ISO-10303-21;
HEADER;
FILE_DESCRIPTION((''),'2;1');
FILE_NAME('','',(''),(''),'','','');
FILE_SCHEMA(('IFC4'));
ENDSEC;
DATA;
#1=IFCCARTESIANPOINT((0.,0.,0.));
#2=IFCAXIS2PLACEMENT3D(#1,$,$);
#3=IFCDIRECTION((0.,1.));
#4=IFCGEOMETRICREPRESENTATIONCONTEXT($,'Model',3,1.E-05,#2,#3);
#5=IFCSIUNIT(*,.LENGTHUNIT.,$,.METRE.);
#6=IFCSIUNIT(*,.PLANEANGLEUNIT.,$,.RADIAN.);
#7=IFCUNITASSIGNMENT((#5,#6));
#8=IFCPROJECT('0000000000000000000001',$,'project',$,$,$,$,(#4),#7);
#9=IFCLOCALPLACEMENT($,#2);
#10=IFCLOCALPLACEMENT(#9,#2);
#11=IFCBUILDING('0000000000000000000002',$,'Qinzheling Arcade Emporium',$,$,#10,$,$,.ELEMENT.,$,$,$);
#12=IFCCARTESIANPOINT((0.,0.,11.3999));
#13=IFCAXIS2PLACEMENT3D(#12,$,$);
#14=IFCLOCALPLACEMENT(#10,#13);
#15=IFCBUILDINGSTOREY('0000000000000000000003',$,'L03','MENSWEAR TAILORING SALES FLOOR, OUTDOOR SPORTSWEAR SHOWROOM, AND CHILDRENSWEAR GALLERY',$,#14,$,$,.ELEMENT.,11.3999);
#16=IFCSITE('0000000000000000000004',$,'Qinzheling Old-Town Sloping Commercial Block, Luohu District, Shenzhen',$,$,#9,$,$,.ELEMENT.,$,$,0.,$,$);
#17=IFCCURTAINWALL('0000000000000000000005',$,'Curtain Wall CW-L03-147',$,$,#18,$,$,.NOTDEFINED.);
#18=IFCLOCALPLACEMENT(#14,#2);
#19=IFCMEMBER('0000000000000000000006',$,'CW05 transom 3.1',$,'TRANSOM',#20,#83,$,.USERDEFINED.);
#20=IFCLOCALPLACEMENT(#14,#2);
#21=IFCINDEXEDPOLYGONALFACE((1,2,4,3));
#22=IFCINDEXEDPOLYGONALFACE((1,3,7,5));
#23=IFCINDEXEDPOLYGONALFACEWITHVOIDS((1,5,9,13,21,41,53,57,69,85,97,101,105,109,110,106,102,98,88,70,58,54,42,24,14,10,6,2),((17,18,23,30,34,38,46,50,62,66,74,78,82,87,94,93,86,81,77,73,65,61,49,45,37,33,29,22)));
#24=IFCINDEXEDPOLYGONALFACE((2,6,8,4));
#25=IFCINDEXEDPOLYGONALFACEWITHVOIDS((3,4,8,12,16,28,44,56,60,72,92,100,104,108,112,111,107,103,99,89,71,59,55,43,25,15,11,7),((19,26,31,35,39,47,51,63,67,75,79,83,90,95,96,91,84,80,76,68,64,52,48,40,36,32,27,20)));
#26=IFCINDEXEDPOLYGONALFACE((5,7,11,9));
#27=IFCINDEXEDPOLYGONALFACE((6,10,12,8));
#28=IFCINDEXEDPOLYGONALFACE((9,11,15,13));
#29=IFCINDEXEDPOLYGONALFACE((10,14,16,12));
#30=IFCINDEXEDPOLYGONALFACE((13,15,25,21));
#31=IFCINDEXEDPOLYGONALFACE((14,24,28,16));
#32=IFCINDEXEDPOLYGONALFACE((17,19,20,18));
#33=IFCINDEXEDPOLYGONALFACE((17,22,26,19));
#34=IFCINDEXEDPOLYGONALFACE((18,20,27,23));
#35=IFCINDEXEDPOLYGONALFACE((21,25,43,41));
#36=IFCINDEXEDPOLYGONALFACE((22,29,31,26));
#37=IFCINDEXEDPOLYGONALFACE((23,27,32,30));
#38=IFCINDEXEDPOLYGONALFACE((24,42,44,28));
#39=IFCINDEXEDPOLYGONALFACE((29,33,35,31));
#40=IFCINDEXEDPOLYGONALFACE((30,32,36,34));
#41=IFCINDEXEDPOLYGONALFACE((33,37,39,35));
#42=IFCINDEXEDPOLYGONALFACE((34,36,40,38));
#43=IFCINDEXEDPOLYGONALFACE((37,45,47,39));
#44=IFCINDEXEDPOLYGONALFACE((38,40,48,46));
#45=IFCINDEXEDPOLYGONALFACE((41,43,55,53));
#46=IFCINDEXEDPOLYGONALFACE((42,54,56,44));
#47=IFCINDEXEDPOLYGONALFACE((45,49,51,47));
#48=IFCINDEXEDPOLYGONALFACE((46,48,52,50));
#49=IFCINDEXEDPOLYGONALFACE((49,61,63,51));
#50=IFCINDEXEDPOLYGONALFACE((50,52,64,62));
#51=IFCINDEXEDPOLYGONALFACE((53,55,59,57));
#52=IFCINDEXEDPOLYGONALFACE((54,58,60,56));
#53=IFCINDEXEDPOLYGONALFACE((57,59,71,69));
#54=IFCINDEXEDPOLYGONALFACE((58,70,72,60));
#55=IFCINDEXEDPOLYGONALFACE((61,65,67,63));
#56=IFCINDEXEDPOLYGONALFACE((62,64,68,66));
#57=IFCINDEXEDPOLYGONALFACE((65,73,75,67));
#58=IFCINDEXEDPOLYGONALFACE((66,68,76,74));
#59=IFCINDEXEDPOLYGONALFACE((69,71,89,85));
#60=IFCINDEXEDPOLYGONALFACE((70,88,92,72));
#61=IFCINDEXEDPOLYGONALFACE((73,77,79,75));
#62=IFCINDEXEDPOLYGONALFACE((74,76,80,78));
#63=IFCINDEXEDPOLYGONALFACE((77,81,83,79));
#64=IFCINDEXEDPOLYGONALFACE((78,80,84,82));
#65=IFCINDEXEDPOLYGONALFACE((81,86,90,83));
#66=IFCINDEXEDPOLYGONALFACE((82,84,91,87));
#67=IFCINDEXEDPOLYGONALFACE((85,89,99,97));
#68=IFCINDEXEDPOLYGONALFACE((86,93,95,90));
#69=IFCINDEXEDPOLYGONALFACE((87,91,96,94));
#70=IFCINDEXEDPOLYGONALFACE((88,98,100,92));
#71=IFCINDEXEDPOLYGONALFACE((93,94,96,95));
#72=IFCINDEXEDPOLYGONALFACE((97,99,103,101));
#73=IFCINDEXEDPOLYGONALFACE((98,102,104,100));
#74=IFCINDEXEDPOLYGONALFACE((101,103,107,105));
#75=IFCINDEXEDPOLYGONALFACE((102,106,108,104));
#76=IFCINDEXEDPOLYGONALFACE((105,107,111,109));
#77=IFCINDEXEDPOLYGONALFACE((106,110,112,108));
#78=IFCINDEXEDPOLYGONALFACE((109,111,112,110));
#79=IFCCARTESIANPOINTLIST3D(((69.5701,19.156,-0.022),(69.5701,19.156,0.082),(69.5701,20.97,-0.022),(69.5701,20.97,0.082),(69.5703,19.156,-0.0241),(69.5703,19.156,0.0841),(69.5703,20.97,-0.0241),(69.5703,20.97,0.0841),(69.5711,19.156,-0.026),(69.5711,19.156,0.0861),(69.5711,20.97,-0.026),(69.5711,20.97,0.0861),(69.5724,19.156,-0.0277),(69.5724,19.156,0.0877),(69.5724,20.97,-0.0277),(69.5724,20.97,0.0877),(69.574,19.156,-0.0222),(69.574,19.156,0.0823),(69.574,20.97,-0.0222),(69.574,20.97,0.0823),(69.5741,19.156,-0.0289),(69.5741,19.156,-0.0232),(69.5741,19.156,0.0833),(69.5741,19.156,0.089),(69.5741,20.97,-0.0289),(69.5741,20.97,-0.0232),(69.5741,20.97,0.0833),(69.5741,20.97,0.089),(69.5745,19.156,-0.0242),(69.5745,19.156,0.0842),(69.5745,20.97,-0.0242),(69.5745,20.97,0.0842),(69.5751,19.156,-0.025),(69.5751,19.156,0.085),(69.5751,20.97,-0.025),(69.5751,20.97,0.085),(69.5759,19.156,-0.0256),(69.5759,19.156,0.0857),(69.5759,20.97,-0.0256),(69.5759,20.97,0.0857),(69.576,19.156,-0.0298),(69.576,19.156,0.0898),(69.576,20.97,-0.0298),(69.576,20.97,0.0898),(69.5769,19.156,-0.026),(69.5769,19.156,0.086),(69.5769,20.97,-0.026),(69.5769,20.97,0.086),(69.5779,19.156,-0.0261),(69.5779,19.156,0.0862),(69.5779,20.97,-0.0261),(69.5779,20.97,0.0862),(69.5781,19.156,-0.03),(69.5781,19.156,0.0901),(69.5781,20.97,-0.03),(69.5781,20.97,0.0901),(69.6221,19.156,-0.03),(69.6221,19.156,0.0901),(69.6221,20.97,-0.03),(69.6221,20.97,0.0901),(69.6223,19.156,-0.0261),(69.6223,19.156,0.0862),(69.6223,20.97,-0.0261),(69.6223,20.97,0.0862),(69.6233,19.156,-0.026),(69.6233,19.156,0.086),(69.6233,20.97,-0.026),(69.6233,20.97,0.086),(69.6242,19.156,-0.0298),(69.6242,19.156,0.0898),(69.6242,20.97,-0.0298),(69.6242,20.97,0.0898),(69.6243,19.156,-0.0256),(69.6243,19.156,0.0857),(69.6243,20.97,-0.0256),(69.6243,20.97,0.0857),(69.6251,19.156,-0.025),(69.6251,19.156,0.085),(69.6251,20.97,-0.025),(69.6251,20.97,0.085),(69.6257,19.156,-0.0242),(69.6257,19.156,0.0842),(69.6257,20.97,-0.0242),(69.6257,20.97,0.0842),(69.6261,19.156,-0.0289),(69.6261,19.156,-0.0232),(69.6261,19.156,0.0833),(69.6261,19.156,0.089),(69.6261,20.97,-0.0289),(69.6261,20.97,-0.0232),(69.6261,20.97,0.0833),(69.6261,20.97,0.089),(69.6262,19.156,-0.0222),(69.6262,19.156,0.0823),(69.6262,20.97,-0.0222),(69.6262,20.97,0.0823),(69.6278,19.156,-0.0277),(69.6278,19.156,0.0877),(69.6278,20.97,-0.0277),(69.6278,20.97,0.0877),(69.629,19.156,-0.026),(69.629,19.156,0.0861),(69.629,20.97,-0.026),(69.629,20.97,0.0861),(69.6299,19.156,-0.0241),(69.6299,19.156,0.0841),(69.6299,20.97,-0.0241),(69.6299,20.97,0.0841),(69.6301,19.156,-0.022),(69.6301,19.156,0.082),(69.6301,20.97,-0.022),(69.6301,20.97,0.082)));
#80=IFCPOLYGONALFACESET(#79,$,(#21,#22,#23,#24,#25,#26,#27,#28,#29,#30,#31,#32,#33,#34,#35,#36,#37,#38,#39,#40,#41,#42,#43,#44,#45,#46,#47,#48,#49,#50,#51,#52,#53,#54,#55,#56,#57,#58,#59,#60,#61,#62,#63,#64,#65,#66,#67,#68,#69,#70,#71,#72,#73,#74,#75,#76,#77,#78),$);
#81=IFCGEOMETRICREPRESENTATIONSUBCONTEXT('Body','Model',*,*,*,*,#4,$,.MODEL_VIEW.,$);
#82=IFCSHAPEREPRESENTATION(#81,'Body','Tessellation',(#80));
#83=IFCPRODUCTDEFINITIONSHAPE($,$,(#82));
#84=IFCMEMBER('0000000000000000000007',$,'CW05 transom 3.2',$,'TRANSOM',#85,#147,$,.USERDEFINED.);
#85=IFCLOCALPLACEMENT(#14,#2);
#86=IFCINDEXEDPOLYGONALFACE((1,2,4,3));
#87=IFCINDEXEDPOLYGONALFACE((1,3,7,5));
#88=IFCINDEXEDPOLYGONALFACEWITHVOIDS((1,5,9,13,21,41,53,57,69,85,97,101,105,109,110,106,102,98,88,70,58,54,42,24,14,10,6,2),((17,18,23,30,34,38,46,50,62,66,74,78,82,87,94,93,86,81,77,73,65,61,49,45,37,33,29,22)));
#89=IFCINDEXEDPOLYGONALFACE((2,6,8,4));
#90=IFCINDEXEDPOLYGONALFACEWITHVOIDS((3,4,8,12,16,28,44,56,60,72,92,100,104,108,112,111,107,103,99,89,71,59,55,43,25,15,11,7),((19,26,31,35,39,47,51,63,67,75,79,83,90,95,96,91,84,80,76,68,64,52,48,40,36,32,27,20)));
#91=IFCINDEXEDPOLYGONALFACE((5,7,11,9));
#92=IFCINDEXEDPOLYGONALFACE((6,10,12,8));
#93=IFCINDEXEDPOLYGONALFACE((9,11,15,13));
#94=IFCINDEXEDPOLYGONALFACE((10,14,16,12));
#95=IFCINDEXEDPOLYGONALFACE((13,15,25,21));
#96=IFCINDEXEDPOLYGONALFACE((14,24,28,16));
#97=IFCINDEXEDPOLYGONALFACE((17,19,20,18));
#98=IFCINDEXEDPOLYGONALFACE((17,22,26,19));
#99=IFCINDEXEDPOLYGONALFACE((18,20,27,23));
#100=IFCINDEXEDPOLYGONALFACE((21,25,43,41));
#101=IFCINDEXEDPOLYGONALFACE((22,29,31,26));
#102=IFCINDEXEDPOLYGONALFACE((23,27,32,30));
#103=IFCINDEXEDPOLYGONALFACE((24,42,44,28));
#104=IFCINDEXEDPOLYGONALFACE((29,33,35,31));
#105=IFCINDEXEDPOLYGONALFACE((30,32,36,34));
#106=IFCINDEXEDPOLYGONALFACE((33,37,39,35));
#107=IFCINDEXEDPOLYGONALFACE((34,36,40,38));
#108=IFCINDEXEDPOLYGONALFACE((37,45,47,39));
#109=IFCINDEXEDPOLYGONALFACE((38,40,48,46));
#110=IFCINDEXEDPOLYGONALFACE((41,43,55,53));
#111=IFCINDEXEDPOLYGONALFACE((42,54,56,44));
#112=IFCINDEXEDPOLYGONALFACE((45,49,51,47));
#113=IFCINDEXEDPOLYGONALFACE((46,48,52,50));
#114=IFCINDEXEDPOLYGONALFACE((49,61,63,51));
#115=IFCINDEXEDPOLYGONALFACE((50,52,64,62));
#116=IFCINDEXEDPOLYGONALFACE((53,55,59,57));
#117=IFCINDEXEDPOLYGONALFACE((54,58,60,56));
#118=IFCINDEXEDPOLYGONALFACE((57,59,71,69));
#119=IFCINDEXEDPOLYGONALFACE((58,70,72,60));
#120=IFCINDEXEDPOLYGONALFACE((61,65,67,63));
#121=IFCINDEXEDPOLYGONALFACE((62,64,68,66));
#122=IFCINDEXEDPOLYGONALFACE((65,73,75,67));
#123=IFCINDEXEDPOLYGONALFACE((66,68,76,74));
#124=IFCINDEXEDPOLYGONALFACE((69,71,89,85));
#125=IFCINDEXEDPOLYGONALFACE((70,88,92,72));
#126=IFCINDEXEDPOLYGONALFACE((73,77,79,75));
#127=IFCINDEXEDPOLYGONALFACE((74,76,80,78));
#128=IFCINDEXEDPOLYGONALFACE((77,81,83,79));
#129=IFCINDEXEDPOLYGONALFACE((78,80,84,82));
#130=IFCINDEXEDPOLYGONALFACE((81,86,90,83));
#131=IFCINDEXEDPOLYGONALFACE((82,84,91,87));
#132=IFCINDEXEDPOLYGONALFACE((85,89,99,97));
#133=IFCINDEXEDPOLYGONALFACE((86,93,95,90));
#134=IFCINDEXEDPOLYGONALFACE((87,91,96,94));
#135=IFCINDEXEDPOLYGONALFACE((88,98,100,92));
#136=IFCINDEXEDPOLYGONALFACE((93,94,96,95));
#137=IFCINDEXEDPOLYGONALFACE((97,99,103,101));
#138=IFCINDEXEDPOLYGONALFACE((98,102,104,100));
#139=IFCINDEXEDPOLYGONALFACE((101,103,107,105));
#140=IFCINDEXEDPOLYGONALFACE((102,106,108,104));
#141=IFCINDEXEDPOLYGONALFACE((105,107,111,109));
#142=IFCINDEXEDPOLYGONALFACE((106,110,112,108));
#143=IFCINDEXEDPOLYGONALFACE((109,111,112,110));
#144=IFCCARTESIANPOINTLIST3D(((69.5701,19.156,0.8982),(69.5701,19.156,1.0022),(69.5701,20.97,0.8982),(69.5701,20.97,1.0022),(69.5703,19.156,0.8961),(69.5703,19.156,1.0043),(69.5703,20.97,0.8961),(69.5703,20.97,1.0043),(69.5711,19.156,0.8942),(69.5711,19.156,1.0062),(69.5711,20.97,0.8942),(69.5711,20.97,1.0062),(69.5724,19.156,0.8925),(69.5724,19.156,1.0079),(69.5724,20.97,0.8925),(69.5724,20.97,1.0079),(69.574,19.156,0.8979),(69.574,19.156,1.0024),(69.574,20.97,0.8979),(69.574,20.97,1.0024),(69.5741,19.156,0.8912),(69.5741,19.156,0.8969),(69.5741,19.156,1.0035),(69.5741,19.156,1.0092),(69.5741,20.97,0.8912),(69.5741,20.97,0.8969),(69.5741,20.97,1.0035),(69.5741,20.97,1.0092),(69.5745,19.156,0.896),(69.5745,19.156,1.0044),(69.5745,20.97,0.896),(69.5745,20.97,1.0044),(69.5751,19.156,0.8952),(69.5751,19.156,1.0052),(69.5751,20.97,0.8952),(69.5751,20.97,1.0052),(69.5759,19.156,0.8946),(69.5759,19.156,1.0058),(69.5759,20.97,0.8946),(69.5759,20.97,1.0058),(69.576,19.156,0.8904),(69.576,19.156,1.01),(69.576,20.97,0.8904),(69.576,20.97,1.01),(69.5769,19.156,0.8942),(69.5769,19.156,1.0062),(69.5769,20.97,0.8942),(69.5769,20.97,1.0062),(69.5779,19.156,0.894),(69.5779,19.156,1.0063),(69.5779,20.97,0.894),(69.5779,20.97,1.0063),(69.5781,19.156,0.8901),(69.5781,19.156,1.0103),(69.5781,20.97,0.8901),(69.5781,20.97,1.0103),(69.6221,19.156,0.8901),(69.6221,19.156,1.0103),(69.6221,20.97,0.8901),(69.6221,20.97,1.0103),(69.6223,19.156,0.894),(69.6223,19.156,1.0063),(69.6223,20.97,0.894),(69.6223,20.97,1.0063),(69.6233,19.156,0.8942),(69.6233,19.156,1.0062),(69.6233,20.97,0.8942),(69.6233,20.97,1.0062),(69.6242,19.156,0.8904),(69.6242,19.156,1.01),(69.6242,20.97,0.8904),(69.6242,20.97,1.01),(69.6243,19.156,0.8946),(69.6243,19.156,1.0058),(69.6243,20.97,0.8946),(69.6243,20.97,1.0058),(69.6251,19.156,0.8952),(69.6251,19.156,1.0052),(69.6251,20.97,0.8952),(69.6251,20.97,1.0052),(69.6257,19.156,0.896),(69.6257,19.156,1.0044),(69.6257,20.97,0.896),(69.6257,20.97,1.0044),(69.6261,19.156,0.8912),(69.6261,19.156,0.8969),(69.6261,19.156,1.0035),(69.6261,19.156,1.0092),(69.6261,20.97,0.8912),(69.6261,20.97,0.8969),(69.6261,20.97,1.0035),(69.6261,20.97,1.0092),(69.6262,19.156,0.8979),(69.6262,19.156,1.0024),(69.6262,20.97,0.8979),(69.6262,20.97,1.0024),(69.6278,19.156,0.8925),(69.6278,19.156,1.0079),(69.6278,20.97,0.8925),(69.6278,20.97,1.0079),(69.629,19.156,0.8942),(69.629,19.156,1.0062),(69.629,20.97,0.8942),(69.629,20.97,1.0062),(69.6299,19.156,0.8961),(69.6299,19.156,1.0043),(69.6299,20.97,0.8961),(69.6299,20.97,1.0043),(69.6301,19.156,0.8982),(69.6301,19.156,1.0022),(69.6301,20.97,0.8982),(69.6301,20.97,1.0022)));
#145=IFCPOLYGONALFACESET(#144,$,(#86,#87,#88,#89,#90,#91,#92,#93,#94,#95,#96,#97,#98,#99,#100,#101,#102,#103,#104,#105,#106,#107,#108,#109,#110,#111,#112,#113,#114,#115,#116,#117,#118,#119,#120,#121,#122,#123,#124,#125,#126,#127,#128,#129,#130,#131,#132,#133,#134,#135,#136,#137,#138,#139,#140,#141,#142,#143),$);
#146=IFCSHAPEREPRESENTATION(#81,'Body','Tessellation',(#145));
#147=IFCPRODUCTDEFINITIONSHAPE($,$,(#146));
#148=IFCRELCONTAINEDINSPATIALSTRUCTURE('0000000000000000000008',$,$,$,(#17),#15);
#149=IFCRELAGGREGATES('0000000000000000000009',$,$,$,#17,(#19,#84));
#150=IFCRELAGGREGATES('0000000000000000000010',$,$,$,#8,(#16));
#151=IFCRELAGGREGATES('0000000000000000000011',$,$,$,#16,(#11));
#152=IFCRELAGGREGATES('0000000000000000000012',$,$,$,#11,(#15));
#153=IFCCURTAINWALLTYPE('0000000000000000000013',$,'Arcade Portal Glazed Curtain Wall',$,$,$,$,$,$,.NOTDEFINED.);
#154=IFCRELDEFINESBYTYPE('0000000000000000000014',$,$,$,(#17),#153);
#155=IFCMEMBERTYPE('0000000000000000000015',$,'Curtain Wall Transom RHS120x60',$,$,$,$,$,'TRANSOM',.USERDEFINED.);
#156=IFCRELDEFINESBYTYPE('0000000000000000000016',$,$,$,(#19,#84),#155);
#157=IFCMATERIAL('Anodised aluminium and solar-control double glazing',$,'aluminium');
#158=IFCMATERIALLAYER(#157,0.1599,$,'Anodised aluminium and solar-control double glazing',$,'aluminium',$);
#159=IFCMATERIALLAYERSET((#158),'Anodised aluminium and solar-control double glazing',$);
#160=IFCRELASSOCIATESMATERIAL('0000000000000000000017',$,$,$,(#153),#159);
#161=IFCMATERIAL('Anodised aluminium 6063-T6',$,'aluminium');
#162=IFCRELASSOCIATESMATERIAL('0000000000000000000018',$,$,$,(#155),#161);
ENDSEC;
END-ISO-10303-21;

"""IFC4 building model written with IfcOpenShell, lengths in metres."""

from ifc_helpers import new_model, si_unit, direction, frame, origin, origin_2d, place, context, subcontext, project, spatial, hollow_rectangle, extrude, material, layer, layer_set, material_profile, profile_set, type_object, element, aggregate, save


model = new_model("IFC4")

# Units and contexts
model_context = context("Model", 3, precision=1e-05, world=origin(), true_north=direction((0.0, 1.0)))
body_context = subcontext(model_context, "Body", "Model", "MODEL_VIEW")
ifc_project = project(units=[si_unit("LENGTHUNIT", "METRE"), si_unit("PLANEANGLEUNIT", "RADIAN")], contexts=[model_context])

# Site, building, storey
site_placement = place(None, origin())
site = spatial("IfcSite", under=ifc_project, at=site_placement, Name="Qinzheling Old-Town Sloping Commercial Block, Luohu District, Shenzhen", CompositionType="ELEMENT", RefElevation=0.0)
building_placement = place(site_placement, origin())
building = spatial("IfcBuilding", under=site, at=building_placement, Name="Qinzheling Arcade Emporium", CompositionType="ELEMENT")
storey_placement = place(building_placement, frame((0.0, 0.0, 11.3999)))
storey = spatial("IfcBuildingStorey", under=building, at=storey_placement, Name="L03", Description="MENSWEAR TAILORING SALES FLOOR, OUTDOOR SPORTSWEAR SHOWROOM, AND CHILDRENSWEAR GALLERY", CompositionType="ELEMENT", Elevation=11.3999)

# Shared definitions
ifc_material_1 = material(Name="Anodised aluminium and solar-control double glazing", Category="aluminium")
ifc_layer_1 = layer(ifc_material_1, 0.1599, Name="Anodised aluminium and solar-control double glazing", Category="aluminium")
ifc_layer_set_1 = layer_set([ifc_layer_1], Name="Anodised aluminium and solar-control double glazing")
curtain_wall_type = type_object("IfcCurtainWallType", Name="Arcade Portal Glazed Curtain Wall", PredefinedType="NOTDEFINED", material=ifc_layer_set_1)
ifc_material_2 = material(Name="Anodised aluminium 6063-T6", Category="aluminium")

# Curtain wall
curtain_wall_1_placement = place(storey_placement, origin())
curtain_wall_1 = element("IfcCurtainWall", 1, at=curtain_wall_1_placement, inside=storey, type_object=curtain_wall_type, Name="Curtain Wall CW-L03-147", PredefinedType="NOTDEFINED")

# Members
ifc_material_profile_1 = material_profile(ifc_material_2, hollow_rectangle(XDim=0.0601, YDim=0.1201, WallThickness=0.0039, InnerFilletRadius=0.0039, OuterFilletRadius=0.0081, at=origin_2d()), Name="RHS 120x60x4", Category="aluminium")
ifc_profile_set_1 = profile_set([ifc_material_profile_1], Name="Anodised aluminium 6063-T6")
member_type_1 = type_object("IfcMemberType", Name="Curtain Wall Transom RHS120x60", ElementType="TRANSOM", PredefinedType="USERDEFINED", material=ifc_profile_set_1)
member_1_placement = place(storey_placement, frame((69.6001, 20.97, 0.03), z_axis=(0.0, -1.0, 0.0), x_axis=(1.0, 0.0, 0.0)))
member_1 = element("IfcMember", 2, at=member_1_placement, type_object=member_type_1, Name="CW05 transom 3.1", ObjectType="TRANSOM", PredefinedType="USERDEFINED", context=body_context, shape_type="SweptSolid", body=[
    extrude(hollow_rectangle(XDim=0.0601, YDim=0.1201, WallThickness=0.0039, InnerFilletRadius=0.0039, OuterFilletRadius=0.0081, at=origin_2d()), origin(), (0.0, 0.0, 1.0), 1.814),
])
member_2_placement = place(storey_placement, frame((69.6001, 20.97, 0.9502), z_axis=(0.0, -1.0, 0.0), x_axis=(1.0, 0.0, 0.0)))
member_2 = element("IfcMember", 3, at=member_2_placement, type_object=member_type_1, Name="CW05 transom 3.2", ObjectType="TRANSOM", PredefinedType="USERDEFINED", context=body_context, shape_type="SweptSolid", body=[
    extrude(hollow_rectangle(XDim=0.0601, YDim=0.1201, WallThickness=0.0039, InnerFilletRadius=0.0039, OuterFilletRadius=0.0081, at=origin_2d()), origin(), (0.0, 0.0, 1.0), 1.814),
])

aggregate(curtain_wall_1, [member_1, member_2])

save(model, "model.ifc")
